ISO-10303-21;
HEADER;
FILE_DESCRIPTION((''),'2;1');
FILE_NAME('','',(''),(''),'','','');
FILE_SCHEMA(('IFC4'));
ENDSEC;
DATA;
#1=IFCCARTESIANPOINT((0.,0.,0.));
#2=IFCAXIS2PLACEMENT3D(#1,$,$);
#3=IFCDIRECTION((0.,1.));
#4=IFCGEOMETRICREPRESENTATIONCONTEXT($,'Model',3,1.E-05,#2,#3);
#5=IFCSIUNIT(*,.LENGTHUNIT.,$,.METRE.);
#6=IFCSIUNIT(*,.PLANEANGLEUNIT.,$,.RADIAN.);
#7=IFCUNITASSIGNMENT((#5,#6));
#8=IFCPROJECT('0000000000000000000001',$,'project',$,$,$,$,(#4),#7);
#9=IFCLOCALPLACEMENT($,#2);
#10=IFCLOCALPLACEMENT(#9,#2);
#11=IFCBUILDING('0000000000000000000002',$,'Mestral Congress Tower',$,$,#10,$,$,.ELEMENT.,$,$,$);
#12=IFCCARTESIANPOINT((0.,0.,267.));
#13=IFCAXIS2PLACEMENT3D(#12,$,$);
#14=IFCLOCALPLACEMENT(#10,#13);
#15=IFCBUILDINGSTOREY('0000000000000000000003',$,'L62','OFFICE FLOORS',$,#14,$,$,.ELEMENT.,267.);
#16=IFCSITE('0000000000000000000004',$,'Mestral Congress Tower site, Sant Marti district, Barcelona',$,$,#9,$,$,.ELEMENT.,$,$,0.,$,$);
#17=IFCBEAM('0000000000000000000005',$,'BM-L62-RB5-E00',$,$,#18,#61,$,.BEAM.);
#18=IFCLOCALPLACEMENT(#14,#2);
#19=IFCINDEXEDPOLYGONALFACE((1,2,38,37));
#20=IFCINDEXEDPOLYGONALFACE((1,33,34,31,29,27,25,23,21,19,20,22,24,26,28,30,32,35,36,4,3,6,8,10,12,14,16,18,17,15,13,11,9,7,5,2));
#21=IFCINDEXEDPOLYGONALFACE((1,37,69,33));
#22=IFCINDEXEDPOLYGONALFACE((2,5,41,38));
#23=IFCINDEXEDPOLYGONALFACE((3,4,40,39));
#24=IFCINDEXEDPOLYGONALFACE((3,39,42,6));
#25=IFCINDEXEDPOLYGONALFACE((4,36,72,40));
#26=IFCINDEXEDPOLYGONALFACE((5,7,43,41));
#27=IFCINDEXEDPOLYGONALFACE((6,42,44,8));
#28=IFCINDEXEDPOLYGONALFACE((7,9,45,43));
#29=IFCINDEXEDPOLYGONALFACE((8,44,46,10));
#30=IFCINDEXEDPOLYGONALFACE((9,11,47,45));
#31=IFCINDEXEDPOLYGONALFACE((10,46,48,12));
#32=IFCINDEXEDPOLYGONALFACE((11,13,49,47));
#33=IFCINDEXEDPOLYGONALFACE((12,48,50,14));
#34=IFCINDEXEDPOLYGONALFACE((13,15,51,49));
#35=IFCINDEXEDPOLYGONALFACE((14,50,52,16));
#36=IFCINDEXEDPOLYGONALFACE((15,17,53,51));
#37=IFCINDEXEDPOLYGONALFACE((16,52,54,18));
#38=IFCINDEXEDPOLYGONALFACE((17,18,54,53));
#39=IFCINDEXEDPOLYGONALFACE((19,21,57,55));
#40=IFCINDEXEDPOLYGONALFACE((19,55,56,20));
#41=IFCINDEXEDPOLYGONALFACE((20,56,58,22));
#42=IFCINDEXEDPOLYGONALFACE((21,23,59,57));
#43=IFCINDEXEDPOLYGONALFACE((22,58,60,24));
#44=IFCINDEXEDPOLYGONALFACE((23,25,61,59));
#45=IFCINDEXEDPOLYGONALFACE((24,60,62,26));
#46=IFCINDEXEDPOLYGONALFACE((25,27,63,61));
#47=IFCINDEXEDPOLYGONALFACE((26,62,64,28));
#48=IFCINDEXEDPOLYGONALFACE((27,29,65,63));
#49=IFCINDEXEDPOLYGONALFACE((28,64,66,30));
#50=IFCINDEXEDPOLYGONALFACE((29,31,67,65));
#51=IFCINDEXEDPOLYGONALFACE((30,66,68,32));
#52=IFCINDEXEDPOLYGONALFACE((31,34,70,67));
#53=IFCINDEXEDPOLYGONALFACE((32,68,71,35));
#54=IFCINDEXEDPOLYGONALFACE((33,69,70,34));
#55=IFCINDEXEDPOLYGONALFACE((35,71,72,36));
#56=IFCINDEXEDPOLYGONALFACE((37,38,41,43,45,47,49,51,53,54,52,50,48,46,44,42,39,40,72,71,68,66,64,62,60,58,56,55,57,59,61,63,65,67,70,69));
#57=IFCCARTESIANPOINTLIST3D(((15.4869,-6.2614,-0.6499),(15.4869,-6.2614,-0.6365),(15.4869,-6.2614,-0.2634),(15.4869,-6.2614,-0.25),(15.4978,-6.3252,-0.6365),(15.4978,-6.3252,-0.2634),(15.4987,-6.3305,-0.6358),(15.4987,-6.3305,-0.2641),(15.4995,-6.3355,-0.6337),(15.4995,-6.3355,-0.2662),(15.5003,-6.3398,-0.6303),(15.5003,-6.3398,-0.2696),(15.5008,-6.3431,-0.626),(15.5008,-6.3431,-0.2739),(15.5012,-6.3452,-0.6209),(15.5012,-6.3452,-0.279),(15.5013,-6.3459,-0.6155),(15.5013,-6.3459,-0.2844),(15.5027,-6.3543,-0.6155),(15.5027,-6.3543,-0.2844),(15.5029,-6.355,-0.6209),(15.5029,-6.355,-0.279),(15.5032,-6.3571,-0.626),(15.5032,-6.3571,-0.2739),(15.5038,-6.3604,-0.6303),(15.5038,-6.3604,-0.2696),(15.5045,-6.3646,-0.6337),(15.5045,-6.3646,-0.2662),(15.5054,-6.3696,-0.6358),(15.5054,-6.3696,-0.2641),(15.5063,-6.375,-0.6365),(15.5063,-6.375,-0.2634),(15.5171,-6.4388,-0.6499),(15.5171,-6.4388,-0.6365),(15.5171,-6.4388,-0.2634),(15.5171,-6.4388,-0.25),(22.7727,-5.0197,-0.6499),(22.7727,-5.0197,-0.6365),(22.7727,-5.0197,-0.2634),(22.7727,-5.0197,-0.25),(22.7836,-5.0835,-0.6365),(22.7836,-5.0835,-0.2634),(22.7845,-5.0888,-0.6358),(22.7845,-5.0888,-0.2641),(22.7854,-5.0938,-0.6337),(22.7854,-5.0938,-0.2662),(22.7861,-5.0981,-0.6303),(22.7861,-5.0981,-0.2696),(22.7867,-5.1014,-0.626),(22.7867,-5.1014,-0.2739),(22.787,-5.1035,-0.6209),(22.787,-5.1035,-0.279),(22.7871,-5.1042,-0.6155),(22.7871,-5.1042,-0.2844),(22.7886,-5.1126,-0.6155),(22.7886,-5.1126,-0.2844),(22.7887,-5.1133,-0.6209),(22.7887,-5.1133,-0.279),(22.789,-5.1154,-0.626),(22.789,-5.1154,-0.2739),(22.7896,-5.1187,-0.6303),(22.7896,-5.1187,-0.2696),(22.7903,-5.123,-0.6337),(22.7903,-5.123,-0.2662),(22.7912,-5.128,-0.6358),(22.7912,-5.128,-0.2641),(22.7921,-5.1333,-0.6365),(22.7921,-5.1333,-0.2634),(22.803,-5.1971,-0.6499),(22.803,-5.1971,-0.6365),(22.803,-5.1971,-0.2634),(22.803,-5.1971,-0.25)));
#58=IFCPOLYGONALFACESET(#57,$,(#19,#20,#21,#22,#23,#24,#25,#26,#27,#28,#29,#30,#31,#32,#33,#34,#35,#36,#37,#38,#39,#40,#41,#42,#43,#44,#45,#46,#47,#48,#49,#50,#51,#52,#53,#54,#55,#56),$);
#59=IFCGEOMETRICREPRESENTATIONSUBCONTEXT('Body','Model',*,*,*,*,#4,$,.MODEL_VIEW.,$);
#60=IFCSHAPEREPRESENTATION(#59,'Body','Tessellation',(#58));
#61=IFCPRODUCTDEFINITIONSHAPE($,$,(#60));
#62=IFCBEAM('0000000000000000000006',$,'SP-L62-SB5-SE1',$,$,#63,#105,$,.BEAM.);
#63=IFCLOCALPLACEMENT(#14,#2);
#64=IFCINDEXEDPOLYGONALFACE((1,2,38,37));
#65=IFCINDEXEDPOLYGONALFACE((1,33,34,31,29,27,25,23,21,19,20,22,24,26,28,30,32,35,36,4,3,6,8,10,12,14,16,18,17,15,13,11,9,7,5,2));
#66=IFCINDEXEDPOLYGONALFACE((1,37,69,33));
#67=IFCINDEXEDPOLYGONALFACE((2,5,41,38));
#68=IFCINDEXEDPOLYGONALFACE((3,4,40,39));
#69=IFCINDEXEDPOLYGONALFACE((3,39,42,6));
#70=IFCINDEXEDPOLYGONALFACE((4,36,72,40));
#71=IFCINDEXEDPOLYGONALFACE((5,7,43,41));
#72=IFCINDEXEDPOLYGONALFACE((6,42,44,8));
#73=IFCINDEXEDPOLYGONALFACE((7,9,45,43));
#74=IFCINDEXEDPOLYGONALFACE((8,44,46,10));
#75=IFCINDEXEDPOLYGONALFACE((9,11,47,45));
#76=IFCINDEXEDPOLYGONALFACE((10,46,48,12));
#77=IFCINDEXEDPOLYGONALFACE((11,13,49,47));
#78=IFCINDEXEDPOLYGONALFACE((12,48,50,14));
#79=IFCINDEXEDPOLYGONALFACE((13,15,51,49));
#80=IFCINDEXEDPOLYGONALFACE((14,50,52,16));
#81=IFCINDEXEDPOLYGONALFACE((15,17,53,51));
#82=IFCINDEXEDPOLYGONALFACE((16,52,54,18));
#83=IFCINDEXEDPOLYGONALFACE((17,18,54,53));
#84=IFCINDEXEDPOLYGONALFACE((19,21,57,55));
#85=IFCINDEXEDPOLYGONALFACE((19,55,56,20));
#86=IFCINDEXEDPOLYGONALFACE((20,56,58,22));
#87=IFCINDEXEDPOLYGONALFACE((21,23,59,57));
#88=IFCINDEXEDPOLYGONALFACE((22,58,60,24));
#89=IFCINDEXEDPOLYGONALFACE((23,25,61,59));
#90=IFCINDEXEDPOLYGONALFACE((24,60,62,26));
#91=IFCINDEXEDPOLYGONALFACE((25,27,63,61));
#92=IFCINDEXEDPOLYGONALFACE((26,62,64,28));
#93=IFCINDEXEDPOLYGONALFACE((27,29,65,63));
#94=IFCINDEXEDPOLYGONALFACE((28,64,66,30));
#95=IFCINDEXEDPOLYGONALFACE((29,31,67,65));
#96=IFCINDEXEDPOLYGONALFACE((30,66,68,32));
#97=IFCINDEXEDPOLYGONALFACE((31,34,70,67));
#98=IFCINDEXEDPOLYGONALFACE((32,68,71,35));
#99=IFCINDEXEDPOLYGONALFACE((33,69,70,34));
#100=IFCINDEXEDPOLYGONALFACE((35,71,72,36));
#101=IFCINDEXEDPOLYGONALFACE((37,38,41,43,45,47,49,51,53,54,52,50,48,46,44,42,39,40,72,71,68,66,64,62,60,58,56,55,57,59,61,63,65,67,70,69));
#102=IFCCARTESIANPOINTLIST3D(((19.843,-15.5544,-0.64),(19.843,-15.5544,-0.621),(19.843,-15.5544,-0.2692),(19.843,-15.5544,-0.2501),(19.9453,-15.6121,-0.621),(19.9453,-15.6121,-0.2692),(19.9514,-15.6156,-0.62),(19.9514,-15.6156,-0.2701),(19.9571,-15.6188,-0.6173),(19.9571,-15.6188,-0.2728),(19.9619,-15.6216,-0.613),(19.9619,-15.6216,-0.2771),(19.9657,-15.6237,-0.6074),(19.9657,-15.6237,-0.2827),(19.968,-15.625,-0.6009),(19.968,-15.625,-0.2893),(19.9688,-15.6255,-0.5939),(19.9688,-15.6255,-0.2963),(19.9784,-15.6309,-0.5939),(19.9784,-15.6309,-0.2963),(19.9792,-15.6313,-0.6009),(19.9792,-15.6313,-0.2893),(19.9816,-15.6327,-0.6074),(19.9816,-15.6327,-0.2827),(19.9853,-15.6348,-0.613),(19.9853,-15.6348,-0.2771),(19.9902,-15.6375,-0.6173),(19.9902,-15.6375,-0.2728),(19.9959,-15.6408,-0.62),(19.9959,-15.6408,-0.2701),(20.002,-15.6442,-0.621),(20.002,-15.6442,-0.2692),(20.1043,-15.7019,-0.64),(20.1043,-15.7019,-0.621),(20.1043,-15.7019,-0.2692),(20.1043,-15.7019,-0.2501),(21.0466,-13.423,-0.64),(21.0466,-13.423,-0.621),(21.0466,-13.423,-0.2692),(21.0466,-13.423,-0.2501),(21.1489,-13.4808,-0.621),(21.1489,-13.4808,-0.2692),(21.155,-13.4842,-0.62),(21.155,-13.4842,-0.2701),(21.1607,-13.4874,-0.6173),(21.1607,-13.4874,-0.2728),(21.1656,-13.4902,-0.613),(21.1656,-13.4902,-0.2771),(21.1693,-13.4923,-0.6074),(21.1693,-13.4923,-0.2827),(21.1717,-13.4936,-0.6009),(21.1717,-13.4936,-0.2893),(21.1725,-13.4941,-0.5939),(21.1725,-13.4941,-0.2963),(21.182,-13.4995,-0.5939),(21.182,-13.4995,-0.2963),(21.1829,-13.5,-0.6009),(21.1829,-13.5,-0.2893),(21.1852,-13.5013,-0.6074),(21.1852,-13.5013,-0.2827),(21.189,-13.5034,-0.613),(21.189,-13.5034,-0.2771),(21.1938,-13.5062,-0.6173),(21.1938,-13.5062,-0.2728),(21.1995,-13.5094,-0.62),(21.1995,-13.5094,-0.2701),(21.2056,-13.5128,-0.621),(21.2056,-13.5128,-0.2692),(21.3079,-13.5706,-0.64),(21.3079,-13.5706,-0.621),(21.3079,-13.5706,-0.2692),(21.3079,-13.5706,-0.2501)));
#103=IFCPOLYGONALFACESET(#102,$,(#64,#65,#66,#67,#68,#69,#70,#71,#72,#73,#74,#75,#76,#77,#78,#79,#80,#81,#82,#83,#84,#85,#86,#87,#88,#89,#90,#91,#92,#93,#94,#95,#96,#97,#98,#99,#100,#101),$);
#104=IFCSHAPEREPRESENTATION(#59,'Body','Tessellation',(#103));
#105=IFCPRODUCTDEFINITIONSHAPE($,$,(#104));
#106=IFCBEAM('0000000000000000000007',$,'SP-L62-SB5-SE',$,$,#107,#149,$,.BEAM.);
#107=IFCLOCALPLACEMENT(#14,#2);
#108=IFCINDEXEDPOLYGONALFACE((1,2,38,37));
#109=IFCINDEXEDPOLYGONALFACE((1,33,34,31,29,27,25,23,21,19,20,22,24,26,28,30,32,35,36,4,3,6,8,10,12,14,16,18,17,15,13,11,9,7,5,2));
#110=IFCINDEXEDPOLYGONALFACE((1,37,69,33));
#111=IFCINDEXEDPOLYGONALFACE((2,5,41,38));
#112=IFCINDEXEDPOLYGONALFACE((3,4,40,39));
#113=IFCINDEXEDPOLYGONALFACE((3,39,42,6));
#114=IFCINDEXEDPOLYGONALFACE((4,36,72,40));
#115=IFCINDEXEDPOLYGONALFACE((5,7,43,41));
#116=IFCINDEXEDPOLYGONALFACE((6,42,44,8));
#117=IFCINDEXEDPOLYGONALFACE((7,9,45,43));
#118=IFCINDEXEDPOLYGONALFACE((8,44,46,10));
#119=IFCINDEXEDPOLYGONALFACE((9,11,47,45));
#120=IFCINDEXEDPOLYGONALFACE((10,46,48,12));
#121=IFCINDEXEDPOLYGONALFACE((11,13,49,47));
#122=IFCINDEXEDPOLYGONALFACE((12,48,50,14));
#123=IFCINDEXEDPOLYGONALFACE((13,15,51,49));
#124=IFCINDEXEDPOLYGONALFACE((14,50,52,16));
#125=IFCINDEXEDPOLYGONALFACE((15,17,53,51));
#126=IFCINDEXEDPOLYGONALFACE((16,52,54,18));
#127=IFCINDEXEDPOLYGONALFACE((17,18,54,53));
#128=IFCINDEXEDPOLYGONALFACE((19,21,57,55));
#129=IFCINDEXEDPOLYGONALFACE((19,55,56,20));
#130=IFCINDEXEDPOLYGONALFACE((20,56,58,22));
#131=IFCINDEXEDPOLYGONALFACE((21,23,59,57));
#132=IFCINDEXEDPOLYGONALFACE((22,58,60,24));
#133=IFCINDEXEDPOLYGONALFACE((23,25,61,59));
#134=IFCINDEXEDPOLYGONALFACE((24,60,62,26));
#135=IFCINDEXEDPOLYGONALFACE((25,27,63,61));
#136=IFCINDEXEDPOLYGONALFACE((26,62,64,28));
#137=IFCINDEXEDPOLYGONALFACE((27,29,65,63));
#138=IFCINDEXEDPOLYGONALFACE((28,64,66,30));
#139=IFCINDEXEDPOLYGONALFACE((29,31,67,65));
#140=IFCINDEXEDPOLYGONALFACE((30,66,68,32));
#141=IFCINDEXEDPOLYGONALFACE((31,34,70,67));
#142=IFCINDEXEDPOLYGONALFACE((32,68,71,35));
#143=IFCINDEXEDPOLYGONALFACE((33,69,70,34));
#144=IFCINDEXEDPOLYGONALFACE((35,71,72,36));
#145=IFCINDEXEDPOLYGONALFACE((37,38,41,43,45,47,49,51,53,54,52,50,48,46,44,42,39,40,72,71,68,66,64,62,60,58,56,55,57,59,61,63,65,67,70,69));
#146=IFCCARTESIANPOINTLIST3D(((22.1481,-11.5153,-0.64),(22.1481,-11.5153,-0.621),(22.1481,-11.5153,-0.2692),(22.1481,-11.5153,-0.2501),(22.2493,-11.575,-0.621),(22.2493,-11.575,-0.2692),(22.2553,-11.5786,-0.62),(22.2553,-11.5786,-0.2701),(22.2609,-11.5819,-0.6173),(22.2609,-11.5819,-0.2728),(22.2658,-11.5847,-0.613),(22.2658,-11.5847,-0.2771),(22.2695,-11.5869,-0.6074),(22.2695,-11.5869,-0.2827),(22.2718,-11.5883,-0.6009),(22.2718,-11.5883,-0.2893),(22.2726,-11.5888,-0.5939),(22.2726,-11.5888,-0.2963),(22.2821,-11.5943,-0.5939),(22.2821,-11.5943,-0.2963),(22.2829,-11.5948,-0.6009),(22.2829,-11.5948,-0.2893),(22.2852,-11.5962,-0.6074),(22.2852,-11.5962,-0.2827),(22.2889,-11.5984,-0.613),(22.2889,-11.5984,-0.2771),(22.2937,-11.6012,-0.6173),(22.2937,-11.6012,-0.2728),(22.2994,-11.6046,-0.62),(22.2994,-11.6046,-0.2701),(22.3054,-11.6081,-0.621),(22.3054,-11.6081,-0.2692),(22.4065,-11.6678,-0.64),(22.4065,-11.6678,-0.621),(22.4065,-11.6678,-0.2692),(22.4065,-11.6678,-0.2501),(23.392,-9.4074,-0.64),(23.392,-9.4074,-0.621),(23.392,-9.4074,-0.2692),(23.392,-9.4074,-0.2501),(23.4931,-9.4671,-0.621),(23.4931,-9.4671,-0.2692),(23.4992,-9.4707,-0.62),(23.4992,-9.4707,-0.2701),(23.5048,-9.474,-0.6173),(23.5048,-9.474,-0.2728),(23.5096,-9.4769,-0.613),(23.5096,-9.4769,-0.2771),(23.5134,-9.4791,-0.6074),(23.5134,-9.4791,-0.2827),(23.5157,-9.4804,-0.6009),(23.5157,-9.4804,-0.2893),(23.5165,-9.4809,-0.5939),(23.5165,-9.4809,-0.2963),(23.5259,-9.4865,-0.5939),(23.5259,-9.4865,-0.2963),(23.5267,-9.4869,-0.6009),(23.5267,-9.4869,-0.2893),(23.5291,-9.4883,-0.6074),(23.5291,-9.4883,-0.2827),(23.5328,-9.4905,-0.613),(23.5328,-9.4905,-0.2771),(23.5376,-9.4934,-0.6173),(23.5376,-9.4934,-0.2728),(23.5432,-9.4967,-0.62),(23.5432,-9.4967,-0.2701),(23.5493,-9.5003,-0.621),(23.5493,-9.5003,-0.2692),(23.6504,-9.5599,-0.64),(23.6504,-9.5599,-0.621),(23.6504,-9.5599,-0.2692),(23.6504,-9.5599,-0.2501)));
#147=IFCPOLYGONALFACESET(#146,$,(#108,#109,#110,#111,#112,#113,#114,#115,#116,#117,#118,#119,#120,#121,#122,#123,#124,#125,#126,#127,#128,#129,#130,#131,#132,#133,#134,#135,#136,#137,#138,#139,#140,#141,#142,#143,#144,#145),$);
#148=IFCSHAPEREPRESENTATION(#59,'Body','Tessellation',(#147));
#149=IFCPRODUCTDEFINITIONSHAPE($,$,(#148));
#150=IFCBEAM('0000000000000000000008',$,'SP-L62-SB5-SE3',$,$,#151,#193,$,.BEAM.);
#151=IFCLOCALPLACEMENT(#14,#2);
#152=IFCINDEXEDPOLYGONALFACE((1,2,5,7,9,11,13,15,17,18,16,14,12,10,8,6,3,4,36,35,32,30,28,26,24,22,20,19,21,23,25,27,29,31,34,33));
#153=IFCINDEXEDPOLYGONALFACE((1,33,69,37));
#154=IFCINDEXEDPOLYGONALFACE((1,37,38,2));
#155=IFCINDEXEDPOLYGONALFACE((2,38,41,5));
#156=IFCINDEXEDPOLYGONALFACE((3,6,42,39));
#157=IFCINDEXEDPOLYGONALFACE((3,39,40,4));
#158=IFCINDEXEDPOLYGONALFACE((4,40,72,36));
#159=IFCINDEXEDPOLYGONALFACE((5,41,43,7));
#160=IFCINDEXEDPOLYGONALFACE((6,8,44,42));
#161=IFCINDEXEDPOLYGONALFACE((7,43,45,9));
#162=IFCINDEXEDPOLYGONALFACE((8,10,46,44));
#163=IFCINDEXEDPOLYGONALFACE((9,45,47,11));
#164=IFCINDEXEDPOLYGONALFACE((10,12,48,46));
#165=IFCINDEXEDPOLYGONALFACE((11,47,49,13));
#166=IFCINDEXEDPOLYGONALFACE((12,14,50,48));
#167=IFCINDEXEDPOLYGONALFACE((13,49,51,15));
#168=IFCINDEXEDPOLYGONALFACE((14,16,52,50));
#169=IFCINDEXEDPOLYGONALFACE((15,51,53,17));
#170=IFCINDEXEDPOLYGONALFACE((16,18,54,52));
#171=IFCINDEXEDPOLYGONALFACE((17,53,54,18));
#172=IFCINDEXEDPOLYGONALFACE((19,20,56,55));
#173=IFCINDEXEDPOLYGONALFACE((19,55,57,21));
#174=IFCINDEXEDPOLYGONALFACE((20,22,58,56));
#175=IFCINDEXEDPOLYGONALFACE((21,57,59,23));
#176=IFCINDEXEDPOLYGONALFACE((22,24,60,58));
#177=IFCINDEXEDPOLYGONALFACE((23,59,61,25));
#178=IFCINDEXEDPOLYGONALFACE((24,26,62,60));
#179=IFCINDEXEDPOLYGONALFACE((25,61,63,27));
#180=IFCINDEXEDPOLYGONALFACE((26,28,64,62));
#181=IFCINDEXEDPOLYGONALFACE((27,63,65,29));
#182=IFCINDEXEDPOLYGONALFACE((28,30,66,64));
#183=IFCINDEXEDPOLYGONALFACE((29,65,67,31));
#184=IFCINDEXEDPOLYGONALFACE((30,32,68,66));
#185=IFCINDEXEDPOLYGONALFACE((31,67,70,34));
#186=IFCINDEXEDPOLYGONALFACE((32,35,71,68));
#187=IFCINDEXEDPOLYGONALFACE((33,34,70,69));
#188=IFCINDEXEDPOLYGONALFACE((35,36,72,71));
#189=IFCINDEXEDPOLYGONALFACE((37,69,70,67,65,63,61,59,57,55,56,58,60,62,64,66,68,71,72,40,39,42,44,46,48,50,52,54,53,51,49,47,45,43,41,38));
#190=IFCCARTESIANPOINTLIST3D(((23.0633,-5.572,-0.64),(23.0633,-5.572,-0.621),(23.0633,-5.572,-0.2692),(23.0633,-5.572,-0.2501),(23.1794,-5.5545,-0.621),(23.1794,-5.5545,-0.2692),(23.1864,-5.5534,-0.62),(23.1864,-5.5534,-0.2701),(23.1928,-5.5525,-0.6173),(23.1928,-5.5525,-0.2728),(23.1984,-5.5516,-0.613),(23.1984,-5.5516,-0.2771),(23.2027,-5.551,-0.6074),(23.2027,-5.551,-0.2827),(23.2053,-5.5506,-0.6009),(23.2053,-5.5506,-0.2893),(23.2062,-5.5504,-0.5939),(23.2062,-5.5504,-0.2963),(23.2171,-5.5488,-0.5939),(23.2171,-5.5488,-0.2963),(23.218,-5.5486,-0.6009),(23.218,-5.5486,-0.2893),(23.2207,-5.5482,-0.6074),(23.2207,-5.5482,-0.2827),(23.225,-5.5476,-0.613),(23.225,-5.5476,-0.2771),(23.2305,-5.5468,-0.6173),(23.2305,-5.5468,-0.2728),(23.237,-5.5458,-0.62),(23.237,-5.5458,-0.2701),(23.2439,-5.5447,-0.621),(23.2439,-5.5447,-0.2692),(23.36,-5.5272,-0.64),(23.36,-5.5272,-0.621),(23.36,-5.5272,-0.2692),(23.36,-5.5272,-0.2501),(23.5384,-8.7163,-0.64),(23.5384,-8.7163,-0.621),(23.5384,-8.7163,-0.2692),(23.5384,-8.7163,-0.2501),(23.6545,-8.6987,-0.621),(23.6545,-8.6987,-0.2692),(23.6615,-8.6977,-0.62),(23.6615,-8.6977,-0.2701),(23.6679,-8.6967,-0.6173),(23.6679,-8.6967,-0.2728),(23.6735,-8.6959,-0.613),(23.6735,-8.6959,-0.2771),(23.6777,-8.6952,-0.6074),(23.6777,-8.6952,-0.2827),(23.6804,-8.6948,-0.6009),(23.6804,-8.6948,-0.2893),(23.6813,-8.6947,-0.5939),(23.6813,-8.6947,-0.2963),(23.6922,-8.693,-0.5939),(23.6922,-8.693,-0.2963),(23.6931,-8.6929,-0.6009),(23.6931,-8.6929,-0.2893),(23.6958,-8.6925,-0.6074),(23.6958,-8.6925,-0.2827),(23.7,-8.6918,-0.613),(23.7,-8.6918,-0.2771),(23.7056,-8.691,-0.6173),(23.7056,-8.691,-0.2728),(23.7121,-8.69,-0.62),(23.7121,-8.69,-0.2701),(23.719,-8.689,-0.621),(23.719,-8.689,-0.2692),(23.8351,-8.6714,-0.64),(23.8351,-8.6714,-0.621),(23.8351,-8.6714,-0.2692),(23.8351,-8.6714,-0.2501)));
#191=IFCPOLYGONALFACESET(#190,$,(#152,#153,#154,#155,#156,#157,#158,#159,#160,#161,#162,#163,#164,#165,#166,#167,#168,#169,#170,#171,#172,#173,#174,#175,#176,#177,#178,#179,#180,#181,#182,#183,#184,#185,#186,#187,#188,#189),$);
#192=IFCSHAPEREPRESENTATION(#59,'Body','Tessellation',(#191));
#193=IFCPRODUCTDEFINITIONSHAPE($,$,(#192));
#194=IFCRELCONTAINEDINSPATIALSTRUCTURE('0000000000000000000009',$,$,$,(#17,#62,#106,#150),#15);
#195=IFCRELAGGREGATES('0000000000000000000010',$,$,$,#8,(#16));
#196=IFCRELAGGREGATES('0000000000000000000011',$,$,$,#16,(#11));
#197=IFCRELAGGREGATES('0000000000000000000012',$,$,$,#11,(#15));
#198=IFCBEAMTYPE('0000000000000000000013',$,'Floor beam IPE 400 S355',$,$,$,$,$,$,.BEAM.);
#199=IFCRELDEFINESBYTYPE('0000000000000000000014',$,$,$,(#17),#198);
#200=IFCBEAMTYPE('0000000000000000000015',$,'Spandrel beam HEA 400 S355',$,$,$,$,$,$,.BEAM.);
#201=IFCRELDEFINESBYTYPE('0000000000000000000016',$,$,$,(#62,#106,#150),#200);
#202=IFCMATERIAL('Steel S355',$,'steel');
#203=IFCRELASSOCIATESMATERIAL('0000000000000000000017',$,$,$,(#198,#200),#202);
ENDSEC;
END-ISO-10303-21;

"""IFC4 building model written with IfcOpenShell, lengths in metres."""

from ifc_helpers import new_model, si_unit, direction, frame, origin, origin_2d, place, context, subcontext, project, spatial, i_section, extrude, material, material_profile, profile_set, type_object, element, save


model = new_model("IFC4")

# Units and contexts
model_context = context("Model", 3, precision=1e-05, world=origin(), true_north=direction((0.0, 1.0)))
body_context = subcontext(model_context, "Body", "Model", "MODEL_VIEW")
ifc_project = project(units=[si_unit("LENGTHUNIT", "METRE"), si_unit("PLANEANGLEUNIT", "RADIAN")], contexts=[model_context])

# Site, building, storey
site_placement = place(None, origin())
site = spatial("IfcSite", under=ifc_project, at=site_placement, Name="Mestral Congress Tower site, Sant Marti district, Barcelona", CompositionType="ELEMENT", RefElevation=0.0)
building_placement = place(site_placement, origin())
building = spatial("IfcBuilding", under=site, at=building_placement, Name="Mestral Congress Tower", CompositionType="ELEMENT")
storey_placement = place(building_placement, frame((0.0, 0.0, 267.0)))
storey = spatial("IfcBuildingStorey", under=building, at=storey_placement, Name="L62", Description="OFFICE FLOORS", CompositionType="ELEMENT", Elevation=267.0)

# Beams
ifc_material_1 = material(Name="Steel S355", Category="steel")
ifc_material_profile_1 = material_profile(ifc_material_1, i_section(OverallWidth=0.1799, OverallDepth=0.3999, WebThickness=0.0085, FlangeThickness=0.0134, FilletRadius=0.021, at=origin_2d()), Name="IPE 400")
ifc_profile_set_1 = profile_set([ifc_material_profile_1], Name="Steel S355")
beam_type_1 = type_object("IfcBeamType", Name="Floor beam IPE 400 S355", PredefinedType="BEAM", material=ifc_profile_set_1)
beam_1_placement = place(storey_placement, frame((22.7878, -5.1084, -0.45), z_axis=(-0.985787, -0.168003, 0.0), x_axis=(0.168003, -0.985787, 0.0)))
element("IfcBeam", 1, at=beam_1_placement, inside=storey, type_object=beam_type_1, Name="BM-L62-RB5-E00", PredefinedType="BEAM", context=body_context, shape_type="SweptSolid", body=[
    extrude(i_section(OverallWidth=0.1799, OverallDepth=0.3999, WebThickness=0.0085, FlangeThickness=0.0134, FilletRadius=0.021, at=origin_2d()), origin(), (0.0, 0.0, 1.0), 7.3909),
])
ifc_material_profile_2 = material_profile(ifc_material_1, i_section(OverallWidth=0.3, OverallDepth=0.3899, WebThickness=0.011, FlangeThickness=0.019, FilletRadius=0.0271, at=origin_2d()), Name="HEA 400")
ifc_profile_set_2 = profile_set([ifc_material_profile_2], Name="Steel S355")
beam_type_2 = type_object("IfcBeamType", Name="Spandrel beam HEA 400 S355", PredefinedType="BEAM", material=ifc_profile_set_2)
beam_2_placement = place(storey_placement, frame((19.9736, -15.6282, -0.4451), z_axis=(0.491729, 0.870749, 0.0), x_axis=(-0.870749, 0.491729, 0.0)))
element("IfcBeam", 2, at=beam_2_placement, inside=storey, type_object=beam_type_2, Name="SP-L62-SB5-SE1", PredefinedType="BEAM", context=body_context, shape_type="SweptSolid", body=[
    extrude(i_section(OverallWidth=0.3, OverallDepth=0.3899, WebThickness=0.011, FlangeThickness=0.019, FilletRadius=0.0271, at=origin_2d()), origin(), (0.0, 0.0, 1.0), 2.4478),
])
beam_3_placement = place(storey_placement, frame((22.2773, -11.5916, -0.4451), z_axis=(0.508218, 0.861228, 0.0), x_axis=(-0.861228, 0.508218, 0.0)))
element("IfcBeam", 3, at=beam_3_placement, inside=storey, type_object=beam_type_2, Name="SP-L62-SB5-SE", PredefinedType="BEAM", context=body_context, shape_type="SweptSolid", body=[
    extrude(i_section(OverallWidth=0.3, OverallDepth=0.3899, WebThickness=0.011, FlangeThickness=0.019, FilletRadius=0.0271, at=origin_2d()), origin(), (0.0, 0.0, 1.0), 2.4475),
])
beam_4_placement = place(storey_placement, frame((23.6868, -8.6938, -0.4451), z_axis=(-0.149403, 0.988776, 0.0), x_axis=(-0.988776, -0.149403, 0.0)))
element("IfcBeam", 4, at=beam_4_placement, inside=storey, type_object=beam_type_2, Name="SP-L62-SB5-SE3", PredefinedType="BEAM", context=body_context, shape_type="SweptSolid", body=[
    extrude(i_section(OverallWidth=0.3, OverallDepth=0.3899, WebThickness=0.011, FlangeThickness=0.019, FilletRadius=0.0271, at=origin_2d()), origin(), (0.0, 0.0, 1.0), 3.1799),
])

save(model, "model.ifc")
